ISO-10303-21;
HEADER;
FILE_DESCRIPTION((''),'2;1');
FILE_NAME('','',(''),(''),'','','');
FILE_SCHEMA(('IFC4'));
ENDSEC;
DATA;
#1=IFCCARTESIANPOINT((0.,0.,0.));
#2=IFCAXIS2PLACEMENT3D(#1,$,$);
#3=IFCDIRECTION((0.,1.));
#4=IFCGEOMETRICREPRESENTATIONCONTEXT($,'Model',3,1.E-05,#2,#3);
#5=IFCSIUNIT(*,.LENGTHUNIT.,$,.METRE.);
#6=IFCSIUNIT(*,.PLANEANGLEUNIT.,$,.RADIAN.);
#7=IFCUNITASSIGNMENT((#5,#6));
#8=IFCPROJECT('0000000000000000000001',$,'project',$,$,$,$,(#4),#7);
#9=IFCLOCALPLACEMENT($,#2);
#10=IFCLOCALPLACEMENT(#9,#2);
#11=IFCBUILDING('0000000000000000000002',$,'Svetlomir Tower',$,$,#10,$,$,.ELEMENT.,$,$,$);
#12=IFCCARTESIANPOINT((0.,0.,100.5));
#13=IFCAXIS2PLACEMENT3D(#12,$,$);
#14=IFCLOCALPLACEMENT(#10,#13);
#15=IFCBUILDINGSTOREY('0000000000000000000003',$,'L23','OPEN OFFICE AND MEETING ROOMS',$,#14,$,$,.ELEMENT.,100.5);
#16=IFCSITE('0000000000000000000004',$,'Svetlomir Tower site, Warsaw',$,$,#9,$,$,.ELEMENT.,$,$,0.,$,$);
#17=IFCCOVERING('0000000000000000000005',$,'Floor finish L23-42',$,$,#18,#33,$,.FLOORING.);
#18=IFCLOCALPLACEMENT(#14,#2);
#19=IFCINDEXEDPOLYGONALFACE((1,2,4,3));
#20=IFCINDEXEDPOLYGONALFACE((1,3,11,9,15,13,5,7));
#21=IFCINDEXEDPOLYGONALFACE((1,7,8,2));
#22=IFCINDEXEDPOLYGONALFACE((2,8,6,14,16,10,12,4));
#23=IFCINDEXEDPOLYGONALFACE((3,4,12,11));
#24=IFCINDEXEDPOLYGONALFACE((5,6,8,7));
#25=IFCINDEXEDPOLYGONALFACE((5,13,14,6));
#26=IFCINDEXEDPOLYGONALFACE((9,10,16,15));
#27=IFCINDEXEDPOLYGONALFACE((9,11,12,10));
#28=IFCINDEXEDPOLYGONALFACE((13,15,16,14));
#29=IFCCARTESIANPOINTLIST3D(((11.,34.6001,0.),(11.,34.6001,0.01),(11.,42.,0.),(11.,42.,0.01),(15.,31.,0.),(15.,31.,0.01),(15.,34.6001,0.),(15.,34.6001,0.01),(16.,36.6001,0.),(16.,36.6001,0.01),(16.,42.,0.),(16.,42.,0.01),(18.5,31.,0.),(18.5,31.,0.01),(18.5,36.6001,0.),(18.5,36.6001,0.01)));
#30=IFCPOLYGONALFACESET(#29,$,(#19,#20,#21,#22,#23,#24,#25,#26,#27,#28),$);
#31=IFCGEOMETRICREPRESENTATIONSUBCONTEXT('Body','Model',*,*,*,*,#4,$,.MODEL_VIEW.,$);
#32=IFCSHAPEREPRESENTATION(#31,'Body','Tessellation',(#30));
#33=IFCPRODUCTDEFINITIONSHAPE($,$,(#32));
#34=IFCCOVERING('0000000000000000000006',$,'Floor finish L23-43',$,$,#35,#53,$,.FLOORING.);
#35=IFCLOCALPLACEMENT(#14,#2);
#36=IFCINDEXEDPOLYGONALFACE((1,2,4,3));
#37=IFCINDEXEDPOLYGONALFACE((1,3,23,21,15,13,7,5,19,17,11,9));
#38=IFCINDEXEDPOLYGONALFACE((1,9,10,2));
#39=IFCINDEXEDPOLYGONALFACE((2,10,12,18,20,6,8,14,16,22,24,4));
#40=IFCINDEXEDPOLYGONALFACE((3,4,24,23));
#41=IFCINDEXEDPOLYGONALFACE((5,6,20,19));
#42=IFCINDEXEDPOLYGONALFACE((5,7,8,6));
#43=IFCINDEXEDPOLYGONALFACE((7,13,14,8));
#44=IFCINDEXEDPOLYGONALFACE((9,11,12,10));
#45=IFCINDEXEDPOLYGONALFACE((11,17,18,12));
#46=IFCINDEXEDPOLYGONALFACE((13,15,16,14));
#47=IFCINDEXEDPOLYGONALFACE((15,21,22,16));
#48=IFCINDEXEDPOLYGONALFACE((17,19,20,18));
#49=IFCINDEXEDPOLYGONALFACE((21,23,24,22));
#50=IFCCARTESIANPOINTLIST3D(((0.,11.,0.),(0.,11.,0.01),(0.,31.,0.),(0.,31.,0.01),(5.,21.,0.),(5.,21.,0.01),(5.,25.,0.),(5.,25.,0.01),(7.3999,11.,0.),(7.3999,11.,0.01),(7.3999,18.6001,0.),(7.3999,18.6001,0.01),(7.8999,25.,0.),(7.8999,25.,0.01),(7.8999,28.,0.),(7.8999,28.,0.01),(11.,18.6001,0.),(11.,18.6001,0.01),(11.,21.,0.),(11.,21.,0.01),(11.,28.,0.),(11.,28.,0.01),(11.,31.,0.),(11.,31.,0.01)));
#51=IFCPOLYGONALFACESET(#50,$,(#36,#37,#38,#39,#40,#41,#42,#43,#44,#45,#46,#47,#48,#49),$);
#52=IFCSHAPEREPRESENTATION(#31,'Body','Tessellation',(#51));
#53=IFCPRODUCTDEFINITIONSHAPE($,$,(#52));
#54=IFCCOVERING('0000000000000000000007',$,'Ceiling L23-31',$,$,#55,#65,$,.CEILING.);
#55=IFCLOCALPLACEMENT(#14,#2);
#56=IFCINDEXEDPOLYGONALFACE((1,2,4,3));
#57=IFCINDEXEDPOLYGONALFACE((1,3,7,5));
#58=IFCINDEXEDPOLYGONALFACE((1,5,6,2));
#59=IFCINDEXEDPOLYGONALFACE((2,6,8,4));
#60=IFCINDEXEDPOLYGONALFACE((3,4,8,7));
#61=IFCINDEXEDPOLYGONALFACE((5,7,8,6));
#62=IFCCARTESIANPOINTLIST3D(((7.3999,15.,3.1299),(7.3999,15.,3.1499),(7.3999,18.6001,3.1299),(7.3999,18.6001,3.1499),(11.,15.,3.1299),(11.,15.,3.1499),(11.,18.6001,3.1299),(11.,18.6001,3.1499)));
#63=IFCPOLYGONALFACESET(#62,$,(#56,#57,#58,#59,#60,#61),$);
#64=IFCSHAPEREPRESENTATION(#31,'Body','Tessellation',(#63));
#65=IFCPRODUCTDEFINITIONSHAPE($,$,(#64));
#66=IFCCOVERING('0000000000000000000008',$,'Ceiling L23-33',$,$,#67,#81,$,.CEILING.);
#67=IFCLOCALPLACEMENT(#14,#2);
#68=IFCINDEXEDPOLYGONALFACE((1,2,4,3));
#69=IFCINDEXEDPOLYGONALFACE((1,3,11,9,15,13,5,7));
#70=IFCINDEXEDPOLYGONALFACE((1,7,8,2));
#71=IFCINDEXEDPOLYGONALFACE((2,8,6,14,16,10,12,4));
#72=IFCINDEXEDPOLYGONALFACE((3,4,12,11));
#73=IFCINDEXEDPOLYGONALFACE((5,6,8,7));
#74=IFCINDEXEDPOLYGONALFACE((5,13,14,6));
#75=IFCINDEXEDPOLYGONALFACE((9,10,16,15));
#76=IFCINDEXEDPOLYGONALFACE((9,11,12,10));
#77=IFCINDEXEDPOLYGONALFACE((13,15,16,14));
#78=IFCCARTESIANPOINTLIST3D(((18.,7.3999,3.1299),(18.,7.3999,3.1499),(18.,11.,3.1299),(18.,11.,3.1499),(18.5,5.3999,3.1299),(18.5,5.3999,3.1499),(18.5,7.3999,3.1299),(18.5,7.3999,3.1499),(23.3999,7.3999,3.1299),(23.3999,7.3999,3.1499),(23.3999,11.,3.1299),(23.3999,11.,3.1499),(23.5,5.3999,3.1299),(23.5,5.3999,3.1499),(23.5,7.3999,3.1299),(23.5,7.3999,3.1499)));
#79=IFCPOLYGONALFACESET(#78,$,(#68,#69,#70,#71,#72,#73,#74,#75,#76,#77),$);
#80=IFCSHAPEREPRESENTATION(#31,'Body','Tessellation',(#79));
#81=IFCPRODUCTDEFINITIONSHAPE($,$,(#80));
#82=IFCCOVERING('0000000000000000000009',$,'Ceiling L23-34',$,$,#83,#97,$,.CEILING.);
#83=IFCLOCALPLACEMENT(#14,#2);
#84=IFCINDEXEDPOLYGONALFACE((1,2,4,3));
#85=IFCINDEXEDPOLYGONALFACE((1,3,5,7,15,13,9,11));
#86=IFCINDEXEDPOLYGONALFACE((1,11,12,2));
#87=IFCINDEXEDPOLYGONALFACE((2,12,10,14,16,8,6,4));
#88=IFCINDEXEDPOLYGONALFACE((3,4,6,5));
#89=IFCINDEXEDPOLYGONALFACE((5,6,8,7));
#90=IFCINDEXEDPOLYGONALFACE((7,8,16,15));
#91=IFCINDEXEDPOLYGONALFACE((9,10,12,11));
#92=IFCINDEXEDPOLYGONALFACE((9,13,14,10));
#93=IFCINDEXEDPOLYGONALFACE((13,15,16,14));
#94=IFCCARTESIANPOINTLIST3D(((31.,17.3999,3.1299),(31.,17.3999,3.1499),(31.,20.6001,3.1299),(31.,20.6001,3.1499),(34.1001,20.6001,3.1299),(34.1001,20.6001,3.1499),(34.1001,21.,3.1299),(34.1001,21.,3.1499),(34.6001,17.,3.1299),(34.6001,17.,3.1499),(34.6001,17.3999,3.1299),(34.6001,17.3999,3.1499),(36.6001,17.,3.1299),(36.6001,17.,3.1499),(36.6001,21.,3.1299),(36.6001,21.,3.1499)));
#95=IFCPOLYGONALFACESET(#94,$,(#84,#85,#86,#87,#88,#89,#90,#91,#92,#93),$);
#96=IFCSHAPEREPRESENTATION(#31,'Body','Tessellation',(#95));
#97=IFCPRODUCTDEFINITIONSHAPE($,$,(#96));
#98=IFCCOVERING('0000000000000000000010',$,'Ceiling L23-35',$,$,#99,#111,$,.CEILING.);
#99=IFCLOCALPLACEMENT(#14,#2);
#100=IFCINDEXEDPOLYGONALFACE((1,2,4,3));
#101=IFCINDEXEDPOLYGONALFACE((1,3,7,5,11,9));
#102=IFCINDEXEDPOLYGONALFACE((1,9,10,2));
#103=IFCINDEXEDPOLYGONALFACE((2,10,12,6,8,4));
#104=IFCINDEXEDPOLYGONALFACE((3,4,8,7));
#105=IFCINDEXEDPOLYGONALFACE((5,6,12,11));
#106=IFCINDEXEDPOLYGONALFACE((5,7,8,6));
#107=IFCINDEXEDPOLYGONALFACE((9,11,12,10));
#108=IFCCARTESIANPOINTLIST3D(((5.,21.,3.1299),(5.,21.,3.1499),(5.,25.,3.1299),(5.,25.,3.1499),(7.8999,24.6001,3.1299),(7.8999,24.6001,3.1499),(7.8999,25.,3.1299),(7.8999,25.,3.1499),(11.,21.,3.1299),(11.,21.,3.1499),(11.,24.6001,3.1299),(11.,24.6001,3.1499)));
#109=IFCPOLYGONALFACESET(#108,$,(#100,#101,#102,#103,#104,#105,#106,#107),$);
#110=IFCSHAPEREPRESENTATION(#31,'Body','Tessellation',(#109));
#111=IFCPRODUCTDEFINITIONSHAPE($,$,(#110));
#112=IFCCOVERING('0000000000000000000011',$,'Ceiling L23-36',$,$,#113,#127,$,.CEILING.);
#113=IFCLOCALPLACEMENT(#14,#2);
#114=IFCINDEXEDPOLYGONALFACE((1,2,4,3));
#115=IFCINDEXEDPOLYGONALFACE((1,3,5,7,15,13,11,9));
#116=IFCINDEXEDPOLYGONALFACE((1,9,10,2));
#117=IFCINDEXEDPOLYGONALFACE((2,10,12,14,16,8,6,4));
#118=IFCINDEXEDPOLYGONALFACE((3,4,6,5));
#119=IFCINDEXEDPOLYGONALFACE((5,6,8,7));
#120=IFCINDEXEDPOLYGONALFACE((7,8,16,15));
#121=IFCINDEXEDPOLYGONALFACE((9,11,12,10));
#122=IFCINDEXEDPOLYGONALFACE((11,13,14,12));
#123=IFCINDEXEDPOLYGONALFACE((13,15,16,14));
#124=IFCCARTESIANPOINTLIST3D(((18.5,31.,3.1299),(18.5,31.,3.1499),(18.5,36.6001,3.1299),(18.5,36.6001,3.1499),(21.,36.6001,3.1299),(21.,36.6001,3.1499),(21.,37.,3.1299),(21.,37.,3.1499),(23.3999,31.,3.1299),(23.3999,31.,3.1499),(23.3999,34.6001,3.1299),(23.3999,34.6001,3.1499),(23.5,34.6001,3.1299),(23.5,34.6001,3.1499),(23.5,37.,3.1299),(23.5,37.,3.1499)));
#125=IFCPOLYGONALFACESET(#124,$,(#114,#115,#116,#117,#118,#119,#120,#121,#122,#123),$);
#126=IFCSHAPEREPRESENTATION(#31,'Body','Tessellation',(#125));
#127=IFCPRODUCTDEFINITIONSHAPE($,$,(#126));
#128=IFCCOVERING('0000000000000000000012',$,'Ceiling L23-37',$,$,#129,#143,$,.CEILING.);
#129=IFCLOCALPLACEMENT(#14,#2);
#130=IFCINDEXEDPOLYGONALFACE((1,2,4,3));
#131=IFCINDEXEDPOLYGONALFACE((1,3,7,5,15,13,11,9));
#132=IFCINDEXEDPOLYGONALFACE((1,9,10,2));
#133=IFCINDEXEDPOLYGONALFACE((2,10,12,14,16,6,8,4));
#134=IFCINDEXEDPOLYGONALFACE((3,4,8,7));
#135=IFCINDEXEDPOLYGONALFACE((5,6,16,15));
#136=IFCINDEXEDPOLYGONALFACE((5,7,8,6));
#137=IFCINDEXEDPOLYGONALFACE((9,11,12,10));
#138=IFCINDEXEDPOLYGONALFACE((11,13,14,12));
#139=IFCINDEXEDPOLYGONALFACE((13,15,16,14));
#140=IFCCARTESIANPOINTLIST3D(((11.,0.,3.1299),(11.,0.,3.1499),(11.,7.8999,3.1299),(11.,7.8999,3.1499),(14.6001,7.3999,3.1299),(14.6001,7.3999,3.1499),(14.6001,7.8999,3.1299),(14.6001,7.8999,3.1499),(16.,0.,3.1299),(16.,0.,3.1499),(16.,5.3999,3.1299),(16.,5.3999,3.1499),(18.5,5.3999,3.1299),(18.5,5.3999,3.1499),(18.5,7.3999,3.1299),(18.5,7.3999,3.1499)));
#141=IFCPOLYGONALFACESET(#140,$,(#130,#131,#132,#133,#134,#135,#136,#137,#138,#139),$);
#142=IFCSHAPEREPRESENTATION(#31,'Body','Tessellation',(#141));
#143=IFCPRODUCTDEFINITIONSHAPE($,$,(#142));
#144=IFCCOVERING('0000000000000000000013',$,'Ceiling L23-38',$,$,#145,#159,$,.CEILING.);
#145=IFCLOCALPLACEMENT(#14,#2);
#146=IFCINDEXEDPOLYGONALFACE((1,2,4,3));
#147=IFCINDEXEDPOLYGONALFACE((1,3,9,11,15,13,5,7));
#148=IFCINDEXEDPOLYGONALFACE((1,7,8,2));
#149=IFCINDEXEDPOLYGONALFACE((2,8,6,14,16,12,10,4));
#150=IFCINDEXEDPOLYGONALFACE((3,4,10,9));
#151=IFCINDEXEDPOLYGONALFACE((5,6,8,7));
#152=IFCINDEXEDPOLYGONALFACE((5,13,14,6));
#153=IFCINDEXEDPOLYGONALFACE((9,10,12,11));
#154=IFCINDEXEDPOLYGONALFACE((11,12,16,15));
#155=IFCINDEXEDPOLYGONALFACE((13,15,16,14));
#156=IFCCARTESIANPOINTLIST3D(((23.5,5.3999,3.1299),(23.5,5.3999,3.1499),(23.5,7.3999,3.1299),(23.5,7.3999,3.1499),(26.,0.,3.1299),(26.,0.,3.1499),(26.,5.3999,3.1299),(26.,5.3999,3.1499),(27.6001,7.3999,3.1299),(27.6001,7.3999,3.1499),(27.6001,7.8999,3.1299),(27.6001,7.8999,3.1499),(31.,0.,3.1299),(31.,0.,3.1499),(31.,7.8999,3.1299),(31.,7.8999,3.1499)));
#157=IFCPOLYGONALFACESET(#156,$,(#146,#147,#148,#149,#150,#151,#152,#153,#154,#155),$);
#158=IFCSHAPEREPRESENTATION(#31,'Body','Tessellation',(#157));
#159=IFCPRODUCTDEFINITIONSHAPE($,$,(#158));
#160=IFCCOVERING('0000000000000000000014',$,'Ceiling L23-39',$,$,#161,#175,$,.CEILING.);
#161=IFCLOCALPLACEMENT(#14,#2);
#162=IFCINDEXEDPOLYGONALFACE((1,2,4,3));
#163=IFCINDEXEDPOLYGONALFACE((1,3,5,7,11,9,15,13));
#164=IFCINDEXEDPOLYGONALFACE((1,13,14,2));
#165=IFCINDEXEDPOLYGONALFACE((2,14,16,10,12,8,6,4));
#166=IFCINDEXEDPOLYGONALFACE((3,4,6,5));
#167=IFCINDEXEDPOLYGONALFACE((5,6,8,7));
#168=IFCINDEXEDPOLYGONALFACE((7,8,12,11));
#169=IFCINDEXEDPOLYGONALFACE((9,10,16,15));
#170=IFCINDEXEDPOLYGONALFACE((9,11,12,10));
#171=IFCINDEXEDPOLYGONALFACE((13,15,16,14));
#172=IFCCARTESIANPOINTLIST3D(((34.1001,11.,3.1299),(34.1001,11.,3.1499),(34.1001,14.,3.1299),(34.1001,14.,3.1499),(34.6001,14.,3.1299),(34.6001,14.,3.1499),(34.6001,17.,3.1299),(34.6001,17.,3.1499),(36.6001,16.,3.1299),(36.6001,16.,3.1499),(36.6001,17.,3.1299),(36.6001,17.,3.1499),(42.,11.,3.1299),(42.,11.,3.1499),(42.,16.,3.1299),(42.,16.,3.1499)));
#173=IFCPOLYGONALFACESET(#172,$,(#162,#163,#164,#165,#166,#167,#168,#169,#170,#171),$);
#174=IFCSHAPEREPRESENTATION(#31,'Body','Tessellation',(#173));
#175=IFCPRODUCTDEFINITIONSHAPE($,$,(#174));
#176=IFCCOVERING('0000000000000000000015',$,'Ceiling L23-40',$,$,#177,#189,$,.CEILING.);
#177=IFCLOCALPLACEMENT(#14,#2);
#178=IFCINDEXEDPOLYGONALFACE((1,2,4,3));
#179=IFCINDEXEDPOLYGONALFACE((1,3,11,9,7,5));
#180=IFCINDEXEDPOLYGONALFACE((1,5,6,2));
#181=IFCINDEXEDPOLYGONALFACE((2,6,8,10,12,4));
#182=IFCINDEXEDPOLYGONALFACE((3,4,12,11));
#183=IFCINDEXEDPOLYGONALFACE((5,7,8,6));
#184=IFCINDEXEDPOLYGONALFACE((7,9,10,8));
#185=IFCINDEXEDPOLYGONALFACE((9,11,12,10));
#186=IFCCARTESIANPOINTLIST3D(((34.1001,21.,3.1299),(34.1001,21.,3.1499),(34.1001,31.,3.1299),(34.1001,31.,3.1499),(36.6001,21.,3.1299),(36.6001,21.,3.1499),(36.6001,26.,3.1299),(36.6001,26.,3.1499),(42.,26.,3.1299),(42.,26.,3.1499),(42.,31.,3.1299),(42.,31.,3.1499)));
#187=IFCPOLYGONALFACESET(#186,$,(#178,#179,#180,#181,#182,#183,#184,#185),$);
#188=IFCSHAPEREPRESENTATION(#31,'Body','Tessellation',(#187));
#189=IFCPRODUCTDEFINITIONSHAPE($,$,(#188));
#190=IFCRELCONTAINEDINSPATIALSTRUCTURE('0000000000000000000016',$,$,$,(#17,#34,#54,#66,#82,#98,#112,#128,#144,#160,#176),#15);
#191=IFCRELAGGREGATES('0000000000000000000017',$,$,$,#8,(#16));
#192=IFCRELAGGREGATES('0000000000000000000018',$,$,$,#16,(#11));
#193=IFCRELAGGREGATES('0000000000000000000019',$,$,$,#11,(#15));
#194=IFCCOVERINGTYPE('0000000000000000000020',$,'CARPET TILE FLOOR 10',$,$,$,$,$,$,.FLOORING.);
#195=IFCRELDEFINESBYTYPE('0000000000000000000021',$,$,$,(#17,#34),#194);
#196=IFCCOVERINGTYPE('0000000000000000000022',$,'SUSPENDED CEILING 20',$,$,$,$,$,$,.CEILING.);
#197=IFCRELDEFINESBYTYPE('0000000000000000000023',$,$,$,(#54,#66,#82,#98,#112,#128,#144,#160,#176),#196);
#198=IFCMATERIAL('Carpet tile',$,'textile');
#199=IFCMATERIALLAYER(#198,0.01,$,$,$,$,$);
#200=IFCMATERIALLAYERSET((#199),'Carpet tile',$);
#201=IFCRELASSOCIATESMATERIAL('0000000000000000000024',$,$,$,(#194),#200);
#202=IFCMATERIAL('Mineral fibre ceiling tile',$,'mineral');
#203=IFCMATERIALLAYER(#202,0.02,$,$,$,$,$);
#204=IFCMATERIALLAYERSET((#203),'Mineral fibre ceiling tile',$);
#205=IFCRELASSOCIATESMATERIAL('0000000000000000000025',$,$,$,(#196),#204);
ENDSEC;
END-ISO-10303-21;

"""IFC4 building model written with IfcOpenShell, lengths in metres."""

from ifc_helpers import new_model, si_unit, direction, frame, origin, place, context, subcontext, project, spatial, polyline, outline, extrude, material, layer, layer_set, type_object, element, save


model = new_model("IFC4")

# Units and contexts
model_context = context("Model", 3, precision=1e-05, world=origin(), true_north=direction((0.0, 1.0)))
body_context = subcontext(model_context, "Body", "Model", "MODEL_VIEW")
ifc_project = project(units=[si_unit("LENGTHUNIT", "METRE"), si_unit("PLANEANGLEUNIT", "RADIAN")], contexts=[model_context])

# Site, building, storey
site_placement = place(None, origin())
site = spatial("IfcSite", under=ifc_project, at=site_placement, Name="Svetlomir Tower site, Warsaw", CompositionType="ELEMENT", RefElevation=0.0)
building_placement = place(site_placement, origin())
building = spatial("IfcBuilding", under=site, at=building_placement, Name="Svetlomir Tower", CompositionType="ELEMENT")
storey_placement = place(building_placement, frame((0.0, 0.0, 100.5)))
storey = spatial("IfcBuildingStorey", under=building, at=storey_placement, Name="L23", Description="OPEN OFFICE AND MEETING ROOMS", CompositionType="ELEMENT", Elevation=100.5)

# Coverings
ifc_material_1 = material(Name="Carpet tile", Category="textile")
ifc_layer_1 = layer(ifc_material_1, 0.01)
ifc_layer_set_1 = layer_set([ifc_layer_1], Name="Carpet tile")
covering_type_1 = type_object("IfcCoveringType", Name="CARPET TILE FLOOR 10", PredefinedType="FLOORING", material=ifc_layer_set_1)
covering_1_placement = place(storey_placement, origin())
element("IfcCovering", 1, at=covering_1_placement, inside=storey, type_object=covering_type_1, Name="Floor finish L23-42", PredefinedType="FLOORING", context=body_context, shape_type="SweptSolid", body=[
    extrude(outline(polyline([(15.0, 34.6001), (11.0, 34.6001), (11.0, 42.0), (16.0, 42.0), (16.0, 36.6001), (18.5, 36.6001), (18.5, 31.0), (15.0, 31.0), (15.0, 34.6001)])), origin(), (0.0, 0.0, 1.0), 0.01),
])
covering_2_placement = place(storey_placement, origin())
element("IfcCovering", 2, at=covering_2_placement, inside=storey, type_object=covering_type_1, Name="Floor finish L23-43", PredefinedType="FLOORING", context=body_context, shape_type="SweptSolid", body=[
    extrude(outline(polyline([(11.0, 31.0), (11.0, 28.0), (7.8999, 28.0), (7.8999, 25.0), (5.0, 25.0), (5.0, 21.0), (11.0, 21.0), (11.0, 18.6001), (7.3999, 18.6001), (7.3999, 11.0), (0.0, 11.0), (0.0, 31.0), (11.0, 31.0)])), origin(), (0.0, 0.0, 1.0), 0.01),
])
ifc_material_2 = material(Name="Mineral fibre ceiling tile", Category="mineral")
ifc_layer_2 = layer(ifc_material_2, 0.02)
ifc_layer_set_2 = layer_set([ifc_layer_2], Name="Mineral fibre ceiling tile")
covering_type_2 = type_object("IfcCoveringType", Name="SUSPENDED CEILING 20", PredefinedType="CEILING", material=ifc_layer_set_2)
covering_3_placement = place(storey_placement, frame((0.0, 0.0, 3.1299)))
element("IfcCovering", 3, at=covering_3_placement, inside=storey, type_object=covering_type_2, Name="Ceiling L23-31", PredefinedType="CEILING", context=body_context, shape_type="SweptSolid", body=[
    extrude(outline(polyline([(7.3999, 15.0), (11.0, 15.0), (11.0, 18.6001), (7.3999, 18.6001), (7.3999, 15.0)])), origin(), (0.0, 0.0, 1.0), 0.02),
])
covering_4_placement = place(storey_placement, frame((0.0, 0.0, 3.1299)))
element("IfcCovering", 4, at=covering_4_placement, inside=storey, type_object=covering_type_2, Name="Ceiling L23-33", PredefinedType="CEILING", context=body_context, shape_type="SweptSolid", body=[
    extrude(outline(polyline([(23.5, 7.3999), (23.5, 5.3999), (18.5, 5.3999), (18.5, 7.3999), (18.0, 7.3999), (18.0, 11.0), (23.3999, 11.0), (23.3999, 7.3999), (23.5, 7.3999)])), origin(), (0.0, 0.0, 1.0), 0.02),
])
covering_5_placement = place(storey_placement, frame((0.0, 0.0, 3.1299)))
element("IfcCovering", 5, at=covering_5_placement, inside=storey, type_object=covering_type_2, Name="Ceiling L23-34", PredefinedType="CEILING", context=body_context, shape_type="SweptSolid", body=[
    extrude(outline(polyline([(31.0, 20.6001), (34.1001, 20.6001), (34.1001, 21.0), (36.6001, 21.0), (36.6001, 17.0), (34.6001, 17.0), (34.6001, 17.3999), (31.0, 17.3999), (31.0, 20.6001)])), origin(), (0.0, 0.0, 1.0), 0.02),
])
covering_6_placement = place(storey_placement, frame((0.0, 0.0, 3.1299)))
element("IfcCovering", 6, at=covering_6_placement, inside=storey, type_object=covering_type_2, Name="Ceiling L23-35", PredefinedType="CEILING", context=body_context, shape_type="SweptSolid", body=[
    extrude(outline(polyline([(5.0, 21.0), (5.0, 25.0), (7.8999, 25.0), (7.8999, 24.6001), (11.0, 24.6001), (11.0, 21.0), (5.0, 21.0)])), origin(), (0.0, 0.0, 1.0), 0.02),
])
covering_7_placement = place(storey_placement, frame((0.0, 0.0, 3.1299)))
element("IfcCovering", 7, at=covering_7_placement, inside=storey, type_object=covering_type_2, Name="Ceiling L23-36", PredefinedType="CEILING", context=body_context, shape_type="SweptSolid", body=[
    extrude(outline(polyline([(18.5, 36.6001), (21.0, 36.6001), (21.0, 37.0), (23.5, 37.0), (23.5, 34.6001), (23.3999, 34.6001), (23.3999, 31.0), (18.5, 31.0), (18.5, 36.6001)])), origin(), (0.0, 0.0, 1.0), 0.02),
])
covering_8_placement = place(storey_placement, frame((0.0, 0.0, 3.1299)))
element("IfcCovering", 8, at=covering_8_placement, inside=storey, type_object=covering_type_2, Name="Ceiling L23-37", PredefinedType="CEILING", context=body_context, shape_type="SweptSolid", body=[
    extrude(outline(polyline([(14.6001, 7.8999), (14.6001, 7.3999), (18.5, 7.3999), (18.5, 5.3999), (16.0, 5.3999), (16.0, 0.0), (11.0, 0.0), (11.0, 7.8999), (14.6001, 7.8999)])), origin(), (0.0, 0.0, 1.0), 0.02),
])
covering_9_placement = place(storey_placement, frame((0.0, 0.0, 3.1299)))
element("IfcCovering", 9, at=covering_9_placement, inside=storey, type_object=covering_type_2, Name="Ceiling L23-38", PredefinedType="CEILING", context=body_context, shape_type="SweptSolid", body=[
    extrude(outline(polyline([(27.6001, 7.8999), (31.0, 7.8999), (31.0, 0.0), (26.0, 0.0), (26.0, 5.3999), (23.5, 5.3999), (23.5, 7.3999), (27.6001, 7.3999), (27.6001, 7.8999)])), origin(), (0.0, 0.0, 1.0), 0.02),
])
covering_10_placement = place(storey_placement, frame((0.0, 0.0, 3.1299)))
element("IfcCovering", 10, at=covering_10_placement, inside=storey, type_object=covering_type_2, Name="Ceiling L23-39", PredefinedType="CEILING", context=body_context, shape_type="SweptSolid", body=[
    extrude(outline(polyline([(34.1001, 14.0), (34.6001, 14.0), (34.6001, 17.0), (36.6001, 17.0), (36.6001, 16.0), (42.0, 16.0), (42.0, 11.0), (34.1001, 11.0), (34.1001, 14.0)])), origin(), (0.0, 0.0, 1.0), 0.02),
])
covering_11_placement = place(storey_placement, frame((0.0, 0.0, 3.1299)))
element("IfcCovering", 11, at=covering_11_placement, inside=storey, type_object=covering_type_2, Name="Ceiling L23-40", PredefinedType="CEILING", context=body_context, shape_type="SweptSolid", body=[
    extrude(outline(polyline([(34.1001, 31.0), (42.0, 31.0), (42.0, 26.0), (36.6001, 26.0), (36.6001, 21.0), (34.1001, 21.0), (34.1001, 31.0)])), origin(), (0.0, 0.0, 1.0), 0.02),
])

save(model, "model.ifc")
